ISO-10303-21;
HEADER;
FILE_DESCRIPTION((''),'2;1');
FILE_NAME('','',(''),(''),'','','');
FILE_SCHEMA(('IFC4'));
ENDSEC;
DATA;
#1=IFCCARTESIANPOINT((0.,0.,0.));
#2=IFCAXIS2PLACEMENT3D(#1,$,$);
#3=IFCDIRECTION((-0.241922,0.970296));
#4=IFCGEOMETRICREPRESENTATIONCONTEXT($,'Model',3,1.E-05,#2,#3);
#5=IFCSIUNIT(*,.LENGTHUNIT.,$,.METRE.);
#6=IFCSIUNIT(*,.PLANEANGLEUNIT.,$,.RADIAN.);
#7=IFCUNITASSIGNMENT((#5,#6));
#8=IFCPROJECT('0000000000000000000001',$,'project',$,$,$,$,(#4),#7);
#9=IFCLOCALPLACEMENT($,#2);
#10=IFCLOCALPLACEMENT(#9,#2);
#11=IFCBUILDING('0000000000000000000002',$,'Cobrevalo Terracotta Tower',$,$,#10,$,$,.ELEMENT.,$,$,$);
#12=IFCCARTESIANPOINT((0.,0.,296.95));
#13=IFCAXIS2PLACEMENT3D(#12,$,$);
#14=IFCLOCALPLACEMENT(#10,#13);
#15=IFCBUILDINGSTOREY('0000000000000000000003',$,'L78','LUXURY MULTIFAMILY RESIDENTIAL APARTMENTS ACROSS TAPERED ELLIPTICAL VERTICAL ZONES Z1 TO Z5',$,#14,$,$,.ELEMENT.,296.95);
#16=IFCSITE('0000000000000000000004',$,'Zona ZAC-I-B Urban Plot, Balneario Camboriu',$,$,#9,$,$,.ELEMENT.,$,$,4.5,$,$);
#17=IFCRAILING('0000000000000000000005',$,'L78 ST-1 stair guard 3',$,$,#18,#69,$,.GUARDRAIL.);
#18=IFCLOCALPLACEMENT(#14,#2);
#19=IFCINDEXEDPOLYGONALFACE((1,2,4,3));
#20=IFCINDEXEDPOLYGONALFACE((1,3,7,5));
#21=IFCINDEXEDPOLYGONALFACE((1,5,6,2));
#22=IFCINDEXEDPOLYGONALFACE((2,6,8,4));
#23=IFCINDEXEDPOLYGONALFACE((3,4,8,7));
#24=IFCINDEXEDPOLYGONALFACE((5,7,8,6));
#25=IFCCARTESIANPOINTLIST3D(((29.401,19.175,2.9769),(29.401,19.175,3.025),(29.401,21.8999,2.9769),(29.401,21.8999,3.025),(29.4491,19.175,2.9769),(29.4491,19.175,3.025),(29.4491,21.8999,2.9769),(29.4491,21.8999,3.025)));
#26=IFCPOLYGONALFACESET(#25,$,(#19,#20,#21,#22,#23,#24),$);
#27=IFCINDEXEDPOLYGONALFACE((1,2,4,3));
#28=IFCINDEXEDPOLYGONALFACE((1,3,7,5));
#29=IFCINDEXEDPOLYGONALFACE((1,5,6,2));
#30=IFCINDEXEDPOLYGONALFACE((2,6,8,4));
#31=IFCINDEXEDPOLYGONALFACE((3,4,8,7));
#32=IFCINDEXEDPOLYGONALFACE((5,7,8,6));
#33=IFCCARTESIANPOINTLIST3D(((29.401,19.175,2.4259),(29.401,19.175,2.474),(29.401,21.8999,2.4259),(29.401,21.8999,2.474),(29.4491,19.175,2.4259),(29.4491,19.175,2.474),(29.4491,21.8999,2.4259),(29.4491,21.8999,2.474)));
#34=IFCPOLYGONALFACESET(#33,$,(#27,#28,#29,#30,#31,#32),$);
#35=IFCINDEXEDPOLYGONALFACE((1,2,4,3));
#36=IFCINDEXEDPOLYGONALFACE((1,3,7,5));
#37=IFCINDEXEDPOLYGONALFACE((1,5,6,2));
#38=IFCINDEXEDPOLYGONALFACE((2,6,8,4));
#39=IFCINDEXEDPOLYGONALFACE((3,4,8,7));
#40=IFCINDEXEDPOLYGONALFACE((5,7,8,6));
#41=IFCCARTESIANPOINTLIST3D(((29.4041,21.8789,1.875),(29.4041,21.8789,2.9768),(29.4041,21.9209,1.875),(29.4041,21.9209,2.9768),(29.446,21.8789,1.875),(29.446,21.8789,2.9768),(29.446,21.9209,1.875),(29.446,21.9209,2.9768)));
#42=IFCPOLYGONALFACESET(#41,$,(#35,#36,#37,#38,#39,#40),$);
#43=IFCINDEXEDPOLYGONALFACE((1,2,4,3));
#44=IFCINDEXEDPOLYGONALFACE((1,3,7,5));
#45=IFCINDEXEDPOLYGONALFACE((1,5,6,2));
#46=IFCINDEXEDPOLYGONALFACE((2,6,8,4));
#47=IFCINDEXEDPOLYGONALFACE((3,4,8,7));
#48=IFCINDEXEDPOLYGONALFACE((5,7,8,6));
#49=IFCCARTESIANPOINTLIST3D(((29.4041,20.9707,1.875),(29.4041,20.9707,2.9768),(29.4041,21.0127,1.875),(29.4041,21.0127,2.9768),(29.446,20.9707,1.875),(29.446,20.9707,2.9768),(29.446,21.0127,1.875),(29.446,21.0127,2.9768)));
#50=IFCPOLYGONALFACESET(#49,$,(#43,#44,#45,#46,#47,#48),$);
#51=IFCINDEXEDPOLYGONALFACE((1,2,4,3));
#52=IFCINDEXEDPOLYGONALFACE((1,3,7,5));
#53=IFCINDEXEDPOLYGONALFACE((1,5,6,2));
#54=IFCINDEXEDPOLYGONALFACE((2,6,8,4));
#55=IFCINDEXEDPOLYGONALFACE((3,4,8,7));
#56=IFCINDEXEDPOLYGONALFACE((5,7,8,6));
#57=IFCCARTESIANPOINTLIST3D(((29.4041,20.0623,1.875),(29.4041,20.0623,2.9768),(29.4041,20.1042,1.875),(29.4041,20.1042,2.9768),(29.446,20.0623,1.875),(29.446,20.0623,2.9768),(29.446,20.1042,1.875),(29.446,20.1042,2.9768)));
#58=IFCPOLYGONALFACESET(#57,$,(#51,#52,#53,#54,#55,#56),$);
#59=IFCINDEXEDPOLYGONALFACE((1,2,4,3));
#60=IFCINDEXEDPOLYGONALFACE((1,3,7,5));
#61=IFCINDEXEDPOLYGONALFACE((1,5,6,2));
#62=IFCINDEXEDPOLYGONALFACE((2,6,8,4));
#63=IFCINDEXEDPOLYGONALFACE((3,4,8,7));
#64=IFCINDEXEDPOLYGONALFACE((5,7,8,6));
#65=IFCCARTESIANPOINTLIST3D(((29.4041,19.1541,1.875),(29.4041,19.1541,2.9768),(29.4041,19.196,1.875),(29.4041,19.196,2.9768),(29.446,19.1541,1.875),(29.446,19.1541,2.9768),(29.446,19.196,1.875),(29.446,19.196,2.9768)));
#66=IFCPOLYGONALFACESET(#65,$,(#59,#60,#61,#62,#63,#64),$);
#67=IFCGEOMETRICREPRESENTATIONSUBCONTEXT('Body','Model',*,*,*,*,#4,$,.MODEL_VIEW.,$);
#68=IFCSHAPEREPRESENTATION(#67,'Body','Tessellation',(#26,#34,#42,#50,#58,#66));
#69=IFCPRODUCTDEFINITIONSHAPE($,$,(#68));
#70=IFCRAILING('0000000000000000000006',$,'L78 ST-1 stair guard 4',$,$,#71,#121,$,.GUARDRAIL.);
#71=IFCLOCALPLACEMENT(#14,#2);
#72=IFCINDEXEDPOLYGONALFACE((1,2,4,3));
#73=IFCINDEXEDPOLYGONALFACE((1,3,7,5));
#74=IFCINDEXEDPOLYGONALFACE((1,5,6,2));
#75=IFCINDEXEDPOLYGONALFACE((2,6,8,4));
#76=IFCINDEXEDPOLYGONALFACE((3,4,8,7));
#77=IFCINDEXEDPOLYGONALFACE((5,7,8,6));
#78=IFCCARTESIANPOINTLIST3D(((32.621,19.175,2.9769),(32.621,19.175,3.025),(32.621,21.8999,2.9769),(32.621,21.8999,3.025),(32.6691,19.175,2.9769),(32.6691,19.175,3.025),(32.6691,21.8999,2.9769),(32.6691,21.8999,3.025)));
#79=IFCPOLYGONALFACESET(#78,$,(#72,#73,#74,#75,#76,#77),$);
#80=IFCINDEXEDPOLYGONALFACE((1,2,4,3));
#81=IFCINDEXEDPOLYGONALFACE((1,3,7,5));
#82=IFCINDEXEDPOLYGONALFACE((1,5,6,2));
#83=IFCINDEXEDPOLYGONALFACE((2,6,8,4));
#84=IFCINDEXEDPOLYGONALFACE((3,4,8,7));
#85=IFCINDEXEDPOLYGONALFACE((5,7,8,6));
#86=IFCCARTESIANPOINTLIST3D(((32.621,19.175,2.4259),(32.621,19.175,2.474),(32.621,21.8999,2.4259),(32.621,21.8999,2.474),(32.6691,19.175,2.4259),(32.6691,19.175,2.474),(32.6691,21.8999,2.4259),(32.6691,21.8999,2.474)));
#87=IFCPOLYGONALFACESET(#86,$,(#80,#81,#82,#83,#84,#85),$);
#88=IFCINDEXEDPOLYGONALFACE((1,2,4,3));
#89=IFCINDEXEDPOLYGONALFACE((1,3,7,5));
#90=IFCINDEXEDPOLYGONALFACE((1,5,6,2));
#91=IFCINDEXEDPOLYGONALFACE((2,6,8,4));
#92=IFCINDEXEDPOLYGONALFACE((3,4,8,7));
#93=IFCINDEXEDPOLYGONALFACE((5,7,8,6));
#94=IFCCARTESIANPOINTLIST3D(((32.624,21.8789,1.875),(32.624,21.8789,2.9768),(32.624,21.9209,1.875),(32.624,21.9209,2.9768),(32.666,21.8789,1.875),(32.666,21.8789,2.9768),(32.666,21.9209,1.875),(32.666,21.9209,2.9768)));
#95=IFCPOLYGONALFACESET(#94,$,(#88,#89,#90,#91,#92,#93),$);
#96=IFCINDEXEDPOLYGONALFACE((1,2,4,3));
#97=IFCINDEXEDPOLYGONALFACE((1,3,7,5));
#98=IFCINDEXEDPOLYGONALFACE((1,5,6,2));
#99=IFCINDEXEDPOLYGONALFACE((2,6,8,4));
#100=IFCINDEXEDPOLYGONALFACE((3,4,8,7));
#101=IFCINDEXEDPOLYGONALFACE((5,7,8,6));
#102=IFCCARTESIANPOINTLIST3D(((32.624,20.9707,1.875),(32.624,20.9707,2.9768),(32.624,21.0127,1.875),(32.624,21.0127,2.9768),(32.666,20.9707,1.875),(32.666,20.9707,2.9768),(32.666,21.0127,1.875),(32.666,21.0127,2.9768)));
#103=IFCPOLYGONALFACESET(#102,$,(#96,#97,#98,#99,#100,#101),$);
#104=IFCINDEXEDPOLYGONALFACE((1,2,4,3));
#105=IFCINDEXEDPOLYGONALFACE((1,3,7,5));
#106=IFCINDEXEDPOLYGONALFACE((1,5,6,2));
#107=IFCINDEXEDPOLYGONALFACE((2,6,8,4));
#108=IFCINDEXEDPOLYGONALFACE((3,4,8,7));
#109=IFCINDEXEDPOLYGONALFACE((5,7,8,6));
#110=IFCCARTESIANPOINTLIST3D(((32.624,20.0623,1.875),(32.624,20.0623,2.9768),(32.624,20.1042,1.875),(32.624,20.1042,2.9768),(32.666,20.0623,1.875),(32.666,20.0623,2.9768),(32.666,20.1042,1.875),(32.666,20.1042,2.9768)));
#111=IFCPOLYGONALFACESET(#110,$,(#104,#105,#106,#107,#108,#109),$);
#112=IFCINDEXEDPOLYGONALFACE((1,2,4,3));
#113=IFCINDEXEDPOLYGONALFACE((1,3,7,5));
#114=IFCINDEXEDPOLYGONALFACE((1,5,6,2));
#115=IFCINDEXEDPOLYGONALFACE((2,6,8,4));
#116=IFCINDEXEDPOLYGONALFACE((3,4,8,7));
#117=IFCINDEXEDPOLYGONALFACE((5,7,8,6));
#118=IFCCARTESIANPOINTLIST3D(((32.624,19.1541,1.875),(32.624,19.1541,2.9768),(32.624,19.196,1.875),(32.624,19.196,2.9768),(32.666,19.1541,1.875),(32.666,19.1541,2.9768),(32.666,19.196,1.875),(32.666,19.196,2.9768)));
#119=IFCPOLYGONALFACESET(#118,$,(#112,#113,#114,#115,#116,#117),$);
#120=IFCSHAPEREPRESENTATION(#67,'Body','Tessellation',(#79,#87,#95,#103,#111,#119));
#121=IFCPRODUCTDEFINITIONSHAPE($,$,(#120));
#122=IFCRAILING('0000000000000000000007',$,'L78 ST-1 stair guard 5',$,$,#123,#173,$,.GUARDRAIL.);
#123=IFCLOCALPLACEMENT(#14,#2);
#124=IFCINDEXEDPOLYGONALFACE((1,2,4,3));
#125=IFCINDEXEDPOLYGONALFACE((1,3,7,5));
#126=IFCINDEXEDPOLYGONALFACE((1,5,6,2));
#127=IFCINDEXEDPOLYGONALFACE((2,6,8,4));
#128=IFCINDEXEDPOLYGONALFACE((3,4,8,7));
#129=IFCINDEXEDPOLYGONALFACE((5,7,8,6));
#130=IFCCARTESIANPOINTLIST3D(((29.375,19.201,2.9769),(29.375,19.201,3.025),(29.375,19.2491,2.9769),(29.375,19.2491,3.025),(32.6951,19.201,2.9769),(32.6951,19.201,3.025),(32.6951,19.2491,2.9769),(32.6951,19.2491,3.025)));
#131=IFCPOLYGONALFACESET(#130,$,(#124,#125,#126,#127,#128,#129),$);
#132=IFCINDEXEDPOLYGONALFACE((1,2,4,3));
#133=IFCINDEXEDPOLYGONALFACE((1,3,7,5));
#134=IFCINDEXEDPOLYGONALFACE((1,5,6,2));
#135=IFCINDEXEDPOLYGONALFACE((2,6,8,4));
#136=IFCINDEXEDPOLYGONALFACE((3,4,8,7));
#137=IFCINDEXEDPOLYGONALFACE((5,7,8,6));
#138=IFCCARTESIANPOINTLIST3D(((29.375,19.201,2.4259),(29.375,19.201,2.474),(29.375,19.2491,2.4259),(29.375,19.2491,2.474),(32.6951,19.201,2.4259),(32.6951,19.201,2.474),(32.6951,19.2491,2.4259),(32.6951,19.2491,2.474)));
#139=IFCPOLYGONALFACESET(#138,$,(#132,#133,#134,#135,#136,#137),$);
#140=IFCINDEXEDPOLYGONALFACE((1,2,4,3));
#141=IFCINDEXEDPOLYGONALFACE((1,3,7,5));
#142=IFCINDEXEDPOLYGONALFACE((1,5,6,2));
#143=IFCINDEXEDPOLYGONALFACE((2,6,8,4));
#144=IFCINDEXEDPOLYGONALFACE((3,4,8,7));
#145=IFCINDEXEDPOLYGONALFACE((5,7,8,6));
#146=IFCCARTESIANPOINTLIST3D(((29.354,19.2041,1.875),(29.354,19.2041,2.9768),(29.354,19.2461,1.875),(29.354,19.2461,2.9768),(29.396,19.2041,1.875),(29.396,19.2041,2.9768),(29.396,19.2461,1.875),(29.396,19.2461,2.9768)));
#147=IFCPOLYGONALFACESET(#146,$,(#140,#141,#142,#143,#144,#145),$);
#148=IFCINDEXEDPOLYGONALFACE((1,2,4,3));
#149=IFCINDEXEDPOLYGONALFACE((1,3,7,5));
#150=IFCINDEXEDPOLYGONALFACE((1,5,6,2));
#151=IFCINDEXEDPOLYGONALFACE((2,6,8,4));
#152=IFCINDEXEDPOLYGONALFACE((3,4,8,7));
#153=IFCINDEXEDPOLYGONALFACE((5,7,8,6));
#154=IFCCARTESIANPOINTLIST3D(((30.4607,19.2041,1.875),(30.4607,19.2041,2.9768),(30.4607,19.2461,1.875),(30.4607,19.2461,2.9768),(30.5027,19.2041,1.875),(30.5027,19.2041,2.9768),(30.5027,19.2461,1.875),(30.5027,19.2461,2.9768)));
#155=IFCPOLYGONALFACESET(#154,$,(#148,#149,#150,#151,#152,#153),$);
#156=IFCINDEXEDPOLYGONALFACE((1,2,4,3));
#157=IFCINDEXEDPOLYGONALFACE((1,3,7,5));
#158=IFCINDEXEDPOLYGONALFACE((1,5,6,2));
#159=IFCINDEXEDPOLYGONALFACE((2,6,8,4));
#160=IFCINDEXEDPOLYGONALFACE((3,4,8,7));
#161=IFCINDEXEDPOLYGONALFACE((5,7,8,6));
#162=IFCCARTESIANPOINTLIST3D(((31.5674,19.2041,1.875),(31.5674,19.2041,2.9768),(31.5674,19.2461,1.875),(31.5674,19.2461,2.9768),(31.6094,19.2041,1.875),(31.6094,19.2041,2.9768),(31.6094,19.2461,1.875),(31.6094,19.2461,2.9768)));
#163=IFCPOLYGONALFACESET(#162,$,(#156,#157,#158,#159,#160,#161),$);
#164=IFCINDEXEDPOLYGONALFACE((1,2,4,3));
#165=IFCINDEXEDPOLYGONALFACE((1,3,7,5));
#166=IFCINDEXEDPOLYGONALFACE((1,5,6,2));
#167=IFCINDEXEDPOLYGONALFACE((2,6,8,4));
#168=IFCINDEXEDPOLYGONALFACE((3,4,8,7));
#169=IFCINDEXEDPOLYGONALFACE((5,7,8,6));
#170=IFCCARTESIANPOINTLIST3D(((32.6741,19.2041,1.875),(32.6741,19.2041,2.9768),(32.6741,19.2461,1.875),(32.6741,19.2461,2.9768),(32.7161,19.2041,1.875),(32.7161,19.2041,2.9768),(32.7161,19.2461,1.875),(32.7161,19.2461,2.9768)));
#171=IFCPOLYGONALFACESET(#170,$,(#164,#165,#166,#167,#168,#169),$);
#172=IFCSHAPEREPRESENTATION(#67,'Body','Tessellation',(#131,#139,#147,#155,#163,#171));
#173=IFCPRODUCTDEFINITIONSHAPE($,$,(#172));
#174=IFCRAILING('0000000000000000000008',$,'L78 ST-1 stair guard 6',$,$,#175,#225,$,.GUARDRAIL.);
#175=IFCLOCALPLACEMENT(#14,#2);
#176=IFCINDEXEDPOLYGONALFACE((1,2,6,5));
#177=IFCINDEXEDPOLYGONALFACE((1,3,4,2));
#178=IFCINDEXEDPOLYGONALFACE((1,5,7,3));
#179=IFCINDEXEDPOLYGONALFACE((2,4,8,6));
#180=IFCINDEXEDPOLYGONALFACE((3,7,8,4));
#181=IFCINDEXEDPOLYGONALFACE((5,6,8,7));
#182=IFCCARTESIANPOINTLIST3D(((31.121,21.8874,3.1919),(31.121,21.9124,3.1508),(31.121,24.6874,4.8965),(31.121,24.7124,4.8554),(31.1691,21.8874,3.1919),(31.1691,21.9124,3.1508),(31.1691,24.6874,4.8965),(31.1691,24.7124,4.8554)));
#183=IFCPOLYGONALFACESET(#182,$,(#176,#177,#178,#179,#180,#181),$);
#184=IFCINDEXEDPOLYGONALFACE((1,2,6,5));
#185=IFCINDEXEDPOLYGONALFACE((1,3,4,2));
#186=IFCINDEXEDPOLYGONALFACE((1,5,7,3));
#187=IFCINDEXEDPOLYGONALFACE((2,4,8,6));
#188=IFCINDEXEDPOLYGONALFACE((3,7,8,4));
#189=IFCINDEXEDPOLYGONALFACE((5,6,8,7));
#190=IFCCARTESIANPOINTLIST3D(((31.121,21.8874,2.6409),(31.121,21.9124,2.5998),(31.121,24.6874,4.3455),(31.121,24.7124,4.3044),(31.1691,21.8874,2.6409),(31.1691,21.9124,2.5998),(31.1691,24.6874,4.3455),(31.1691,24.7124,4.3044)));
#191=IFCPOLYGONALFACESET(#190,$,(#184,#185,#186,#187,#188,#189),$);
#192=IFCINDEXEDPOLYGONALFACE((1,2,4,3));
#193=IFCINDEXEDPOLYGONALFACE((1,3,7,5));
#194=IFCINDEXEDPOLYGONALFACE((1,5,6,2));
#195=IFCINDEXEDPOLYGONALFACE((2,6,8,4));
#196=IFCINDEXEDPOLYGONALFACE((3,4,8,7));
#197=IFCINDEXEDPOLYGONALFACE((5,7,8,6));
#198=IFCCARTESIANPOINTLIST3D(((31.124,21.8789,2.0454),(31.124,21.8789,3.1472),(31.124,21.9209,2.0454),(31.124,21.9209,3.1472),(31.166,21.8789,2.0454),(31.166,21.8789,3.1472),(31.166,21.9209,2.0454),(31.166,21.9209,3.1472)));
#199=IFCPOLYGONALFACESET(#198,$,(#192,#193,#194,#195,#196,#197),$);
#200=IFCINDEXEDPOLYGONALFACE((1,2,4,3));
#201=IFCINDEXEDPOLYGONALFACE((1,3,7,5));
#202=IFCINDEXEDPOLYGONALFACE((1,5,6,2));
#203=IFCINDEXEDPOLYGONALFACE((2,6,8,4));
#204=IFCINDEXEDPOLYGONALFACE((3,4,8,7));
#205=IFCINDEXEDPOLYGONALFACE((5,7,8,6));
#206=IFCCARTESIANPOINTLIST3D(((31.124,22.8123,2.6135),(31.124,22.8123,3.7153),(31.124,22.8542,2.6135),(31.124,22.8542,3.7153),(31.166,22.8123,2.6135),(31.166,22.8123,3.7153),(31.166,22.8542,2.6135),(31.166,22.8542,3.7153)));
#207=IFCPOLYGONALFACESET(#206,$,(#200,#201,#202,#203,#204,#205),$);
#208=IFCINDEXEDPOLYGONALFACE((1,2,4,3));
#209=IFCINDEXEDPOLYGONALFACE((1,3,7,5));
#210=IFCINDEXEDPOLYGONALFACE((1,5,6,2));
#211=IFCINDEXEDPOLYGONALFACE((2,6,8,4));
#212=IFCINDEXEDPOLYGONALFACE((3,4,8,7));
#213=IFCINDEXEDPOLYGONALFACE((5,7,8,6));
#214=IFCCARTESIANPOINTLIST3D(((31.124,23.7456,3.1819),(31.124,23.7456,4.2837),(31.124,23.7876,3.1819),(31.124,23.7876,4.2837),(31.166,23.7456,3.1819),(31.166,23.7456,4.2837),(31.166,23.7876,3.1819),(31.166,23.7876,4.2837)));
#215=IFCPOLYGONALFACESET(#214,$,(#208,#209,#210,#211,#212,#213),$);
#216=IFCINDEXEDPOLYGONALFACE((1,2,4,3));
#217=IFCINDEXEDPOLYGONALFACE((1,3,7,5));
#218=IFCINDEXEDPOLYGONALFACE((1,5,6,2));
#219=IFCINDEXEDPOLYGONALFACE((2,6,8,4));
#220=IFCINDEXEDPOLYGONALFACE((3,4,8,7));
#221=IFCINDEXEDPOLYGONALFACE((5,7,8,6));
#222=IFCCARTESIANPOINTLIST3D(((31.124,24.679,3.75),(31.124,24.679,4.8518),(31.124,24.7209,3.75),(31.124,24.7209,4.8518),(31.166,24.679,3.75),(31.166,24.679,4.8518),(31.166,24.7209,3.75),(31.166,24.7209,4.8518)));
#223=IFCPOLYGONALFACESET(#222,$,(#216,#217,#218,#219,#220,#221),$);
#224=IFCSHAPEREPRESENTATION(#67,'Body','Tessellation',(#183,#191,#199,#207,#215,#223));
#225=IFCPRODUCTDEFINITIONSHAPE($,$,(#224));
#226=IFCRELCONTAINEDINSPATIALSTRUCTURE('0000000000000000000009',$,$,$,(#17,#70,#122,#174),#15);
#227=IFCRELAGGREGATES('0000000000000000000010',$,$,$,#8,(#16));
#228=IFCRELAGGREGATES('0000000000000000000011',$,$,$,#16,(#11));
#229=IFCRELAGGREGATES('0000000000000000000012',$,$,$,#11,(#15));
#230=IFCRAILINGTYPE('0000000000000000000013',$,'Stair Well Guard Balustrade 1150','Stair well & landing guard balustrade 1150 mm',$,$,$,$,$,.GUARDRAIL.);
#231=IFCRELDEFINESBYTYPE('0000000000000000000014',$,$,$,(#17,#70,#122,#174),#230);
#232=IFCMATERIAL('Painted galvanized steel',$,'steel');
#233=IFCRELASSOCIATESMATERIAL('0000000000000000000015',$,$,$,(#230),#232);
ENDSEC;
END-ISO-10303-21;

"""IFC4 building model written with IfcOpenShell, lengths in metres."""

from ifc_helpers import new_model, si_unit, direction, frame, origin, origin_2d, place, context, subcontext, project, spatial, rectangle, extrude, material, type_object, element, save


model = new_model("IFC4")

# Units and contexts
model_context = context("Model", 3, precision=1e-05, world=origin(), true_north=direction((-0.241922, 0.970296)))
body_context = subcontext(model_context, "Body", "Model", "MODEL_VIEW")
ifc_project = project(units=[si_unit("LENGTHUNIT", "METRE"), si_unit("PLANEANGLEUNIT", "RADIAN")], contexts=[model_context])

# Site, building, storey
site_placement = place(None, origin())
site = spatial("IfcSite", under=ifc_project, at=site_placement, Name="Zona ZAC-I-B Urban Plot, Balneario Camboriu", CompositionType="ELEMENT", RefElevation=4.5)
building_placement = place(site_placement, origin())
building = spatial("IfcBuilding", under=site, at=building_placement, Name="Cobrevalo Terracotta Tower", CompositionType="ELEMENT")
storey_placement = place(building_placement, frame((0.0, 0.0, 296.95)))
storey = spatial("IfcBuildingStorey", under=building, at=storey_placement, Name="L78", Description="LUXURY MULTIFAMILY RESIDENTIAL APARTMENTS ACROSS TAPERED ELLIPTICAL VERTICAL ZONES Z1 TO Z5", CompositionType="ELEMENT", Elevation=296.95)

# Railings
ifc_material_1 = material(Name="Painted galvanized steel", Category="steel")
railing_type_1 = type_object("IfcRailingType", Name="Stair Well Guard Balustrade 1150", Description="Stair well & landing guard balustrade 1150 mm", PredefinedType="GUARDRAIL", material=ifc_material_1)
for number, where, name in (
    (1, (29.425, 21.8999, 1.875), "L78 ST-1 stair guard 3"),
    (2, (32.645, 21.8999, 1.875), "L78 ST-1 stair guard 4"),
):
    element("IfcRailing", number, at=place(storey_placement, frame(where)), inside=storey, type_object=railing_type_1, Name=name, PredefinedType="GUARDRAIL", context=body_context, shape_type="SweptSolid", body=[
        extrude(rectangle(XDim=0.0481, YDim=0.0481, at=origin_2d()), frame((0.0, 0.0, 1.126), z_axis=(0.0, -1.0, 0.0), x_axis=(1.0, 0.0, 0.0)), (0.0, 0.0, 1.0), 2.7249),
        extrude(rectangle(XDim=0.0481, YDim=0.0481, at=origin_2d()), frame((0.0, 0.0, 0.575), z_axis=(0.0, -1.0, 0.0), x_axis=(1.0, 0.0, 0.0)), (0.0, 0.0, 1.0), 2.7249),
        extrude(rectangle(XDim=0.042, YDim=0.042, at=origin_2d()), origin(), (0.0, 0.0, 1.0), 1.1018),
        extrude(rectangle(XDim=0.042, YDim=0.042, at=origin_2d()), frame((0.0, -0.9082, 0.0)), (0.0, 0.0, 1.0), 1.1018),
        extrude(rectangle(XDim=0.042, YDim=0.042, at=origin_2d()), frame((0.0, -1.8167, 0.0)), (0.0, 0.0, 1.0), 1.1018),
        extrude(rectangle(XDim=0.042, YDim=0.042, at=origin_2d()), frame((0.0, -2.7249, 0.0)), (0.0, 0.0, 1.0), 1.1018),
    ])
railing_1_placement = place(storey_placement, frame((29.375, 19.2251, 1.875)))
element("IfcRailing", 3, at=railing_1_placement, inside=storey, type_object=railing_type_1, Name="L78 ST-1 stair guard 5", PredefinedType="GUARDRAIL", context=body_context, shape_type="SweptSolid", body=[
    extrude(rectangle(XDim=0.0481, YDim=0.0481, at=origin_2d()), frame((0.0, 0.0, 1.126), z_axis=(1.0, 0.0, 0.0), x_axis=(0.0, 1.0, 0.0)), (0.0, 0.0, 1.0), 3.3201),
    extrude(rectangle(XDim=0.0481, YDim=0.0481, at=origin_2d()), frame((0.0, 0.0, 0.575), z_axis=(1.0, 0.0, 0.0), x_axis=(0.0, 1.0, 0.0)), (0.0, 0.0, 1.0), 3.3201),
    extrude(rectangle(XDim=0.042, YDim=0.042, at=origin_2d()), origin(), (0.0, 0.0, 1.0), 1.1018),
    extrude(rectangle(XDim=0.042, YDim=0.042, at=origin_2d()), frame((1.1067, 0.0, 0.0)), (0.0, 0.0, 1.0), 1.1018),
    extrude(rectangle(XDim=0.042, YDim=0.042, at=origin_2d()), frame((2.2134, 0.0, 0.0)), (0.0, 0.0, 1.0), 1.1018),
    extrude(rectangle(XDim=0.042, YDim=0.042, at=origin_2d()), frame((3.3201, 0.0, 0.0)), (0.0, 0.0, 1.0), 1.1018),
])
railing_2_placement = place(storey_placement, frame((31.145, 21.8999, 2.0454)))
element("IfcRailing", 4, at=railing_2_placement, inside=storey, type_object=railing_type_1, Name="L78 ST-1 stair guard 6", PredefinedType="GUARDRAIL", context=body_context, shape_type="SweptSolid", body=[
    extrude(rectangle(XDim=0.0481, YDim=0.0481, at=origin_2d()), frame((0.0, 0.0, 1.126), z_axis=(0.0, 0.85417, 0.519994), x_axis=(-1.0, 0.0, 0.0)), (0.0, 0.0, 1.0), 3.2781),
    extrude(rectangle(XDim=0.0481, YDim=0.0481, at=origin_2d()), frame((0.0, 0.0, 0.575), z_axis=(0.0, 0.85417, 0.519994), x_axis=(-1.0, 0.0, 0.0)), (0.0, 0.0, 1.0), 3.2781),
    extrude(rectangle(XDim=0.042, YDim=0.042, at=origin_2d()), origin(), (0.0, 0.0, 1.0), 1.1018),
    extrude(rectangle(XDim=0.042, YDim=0.042, at=origin_2d()), frame((0.0, 0.9333, 0.5681)), (0.0, 0.0, 1.0), 1.1018),
    extrude(rectangle(XDim=0.042, YDim=0.042, at=origin_2d()), frame((0.0, 1.8667, 1.1365)), (0.0, 0.0, 1.0), 1.1018),
    extrude(rectangle(XDim=0.042, YDim=0.042, at=origin_2d()), frame((0.0, 2.8, 1.7046)), (0.0, 0.0, 1.0), 1.1018),
])

save(model, "model.ifc")
